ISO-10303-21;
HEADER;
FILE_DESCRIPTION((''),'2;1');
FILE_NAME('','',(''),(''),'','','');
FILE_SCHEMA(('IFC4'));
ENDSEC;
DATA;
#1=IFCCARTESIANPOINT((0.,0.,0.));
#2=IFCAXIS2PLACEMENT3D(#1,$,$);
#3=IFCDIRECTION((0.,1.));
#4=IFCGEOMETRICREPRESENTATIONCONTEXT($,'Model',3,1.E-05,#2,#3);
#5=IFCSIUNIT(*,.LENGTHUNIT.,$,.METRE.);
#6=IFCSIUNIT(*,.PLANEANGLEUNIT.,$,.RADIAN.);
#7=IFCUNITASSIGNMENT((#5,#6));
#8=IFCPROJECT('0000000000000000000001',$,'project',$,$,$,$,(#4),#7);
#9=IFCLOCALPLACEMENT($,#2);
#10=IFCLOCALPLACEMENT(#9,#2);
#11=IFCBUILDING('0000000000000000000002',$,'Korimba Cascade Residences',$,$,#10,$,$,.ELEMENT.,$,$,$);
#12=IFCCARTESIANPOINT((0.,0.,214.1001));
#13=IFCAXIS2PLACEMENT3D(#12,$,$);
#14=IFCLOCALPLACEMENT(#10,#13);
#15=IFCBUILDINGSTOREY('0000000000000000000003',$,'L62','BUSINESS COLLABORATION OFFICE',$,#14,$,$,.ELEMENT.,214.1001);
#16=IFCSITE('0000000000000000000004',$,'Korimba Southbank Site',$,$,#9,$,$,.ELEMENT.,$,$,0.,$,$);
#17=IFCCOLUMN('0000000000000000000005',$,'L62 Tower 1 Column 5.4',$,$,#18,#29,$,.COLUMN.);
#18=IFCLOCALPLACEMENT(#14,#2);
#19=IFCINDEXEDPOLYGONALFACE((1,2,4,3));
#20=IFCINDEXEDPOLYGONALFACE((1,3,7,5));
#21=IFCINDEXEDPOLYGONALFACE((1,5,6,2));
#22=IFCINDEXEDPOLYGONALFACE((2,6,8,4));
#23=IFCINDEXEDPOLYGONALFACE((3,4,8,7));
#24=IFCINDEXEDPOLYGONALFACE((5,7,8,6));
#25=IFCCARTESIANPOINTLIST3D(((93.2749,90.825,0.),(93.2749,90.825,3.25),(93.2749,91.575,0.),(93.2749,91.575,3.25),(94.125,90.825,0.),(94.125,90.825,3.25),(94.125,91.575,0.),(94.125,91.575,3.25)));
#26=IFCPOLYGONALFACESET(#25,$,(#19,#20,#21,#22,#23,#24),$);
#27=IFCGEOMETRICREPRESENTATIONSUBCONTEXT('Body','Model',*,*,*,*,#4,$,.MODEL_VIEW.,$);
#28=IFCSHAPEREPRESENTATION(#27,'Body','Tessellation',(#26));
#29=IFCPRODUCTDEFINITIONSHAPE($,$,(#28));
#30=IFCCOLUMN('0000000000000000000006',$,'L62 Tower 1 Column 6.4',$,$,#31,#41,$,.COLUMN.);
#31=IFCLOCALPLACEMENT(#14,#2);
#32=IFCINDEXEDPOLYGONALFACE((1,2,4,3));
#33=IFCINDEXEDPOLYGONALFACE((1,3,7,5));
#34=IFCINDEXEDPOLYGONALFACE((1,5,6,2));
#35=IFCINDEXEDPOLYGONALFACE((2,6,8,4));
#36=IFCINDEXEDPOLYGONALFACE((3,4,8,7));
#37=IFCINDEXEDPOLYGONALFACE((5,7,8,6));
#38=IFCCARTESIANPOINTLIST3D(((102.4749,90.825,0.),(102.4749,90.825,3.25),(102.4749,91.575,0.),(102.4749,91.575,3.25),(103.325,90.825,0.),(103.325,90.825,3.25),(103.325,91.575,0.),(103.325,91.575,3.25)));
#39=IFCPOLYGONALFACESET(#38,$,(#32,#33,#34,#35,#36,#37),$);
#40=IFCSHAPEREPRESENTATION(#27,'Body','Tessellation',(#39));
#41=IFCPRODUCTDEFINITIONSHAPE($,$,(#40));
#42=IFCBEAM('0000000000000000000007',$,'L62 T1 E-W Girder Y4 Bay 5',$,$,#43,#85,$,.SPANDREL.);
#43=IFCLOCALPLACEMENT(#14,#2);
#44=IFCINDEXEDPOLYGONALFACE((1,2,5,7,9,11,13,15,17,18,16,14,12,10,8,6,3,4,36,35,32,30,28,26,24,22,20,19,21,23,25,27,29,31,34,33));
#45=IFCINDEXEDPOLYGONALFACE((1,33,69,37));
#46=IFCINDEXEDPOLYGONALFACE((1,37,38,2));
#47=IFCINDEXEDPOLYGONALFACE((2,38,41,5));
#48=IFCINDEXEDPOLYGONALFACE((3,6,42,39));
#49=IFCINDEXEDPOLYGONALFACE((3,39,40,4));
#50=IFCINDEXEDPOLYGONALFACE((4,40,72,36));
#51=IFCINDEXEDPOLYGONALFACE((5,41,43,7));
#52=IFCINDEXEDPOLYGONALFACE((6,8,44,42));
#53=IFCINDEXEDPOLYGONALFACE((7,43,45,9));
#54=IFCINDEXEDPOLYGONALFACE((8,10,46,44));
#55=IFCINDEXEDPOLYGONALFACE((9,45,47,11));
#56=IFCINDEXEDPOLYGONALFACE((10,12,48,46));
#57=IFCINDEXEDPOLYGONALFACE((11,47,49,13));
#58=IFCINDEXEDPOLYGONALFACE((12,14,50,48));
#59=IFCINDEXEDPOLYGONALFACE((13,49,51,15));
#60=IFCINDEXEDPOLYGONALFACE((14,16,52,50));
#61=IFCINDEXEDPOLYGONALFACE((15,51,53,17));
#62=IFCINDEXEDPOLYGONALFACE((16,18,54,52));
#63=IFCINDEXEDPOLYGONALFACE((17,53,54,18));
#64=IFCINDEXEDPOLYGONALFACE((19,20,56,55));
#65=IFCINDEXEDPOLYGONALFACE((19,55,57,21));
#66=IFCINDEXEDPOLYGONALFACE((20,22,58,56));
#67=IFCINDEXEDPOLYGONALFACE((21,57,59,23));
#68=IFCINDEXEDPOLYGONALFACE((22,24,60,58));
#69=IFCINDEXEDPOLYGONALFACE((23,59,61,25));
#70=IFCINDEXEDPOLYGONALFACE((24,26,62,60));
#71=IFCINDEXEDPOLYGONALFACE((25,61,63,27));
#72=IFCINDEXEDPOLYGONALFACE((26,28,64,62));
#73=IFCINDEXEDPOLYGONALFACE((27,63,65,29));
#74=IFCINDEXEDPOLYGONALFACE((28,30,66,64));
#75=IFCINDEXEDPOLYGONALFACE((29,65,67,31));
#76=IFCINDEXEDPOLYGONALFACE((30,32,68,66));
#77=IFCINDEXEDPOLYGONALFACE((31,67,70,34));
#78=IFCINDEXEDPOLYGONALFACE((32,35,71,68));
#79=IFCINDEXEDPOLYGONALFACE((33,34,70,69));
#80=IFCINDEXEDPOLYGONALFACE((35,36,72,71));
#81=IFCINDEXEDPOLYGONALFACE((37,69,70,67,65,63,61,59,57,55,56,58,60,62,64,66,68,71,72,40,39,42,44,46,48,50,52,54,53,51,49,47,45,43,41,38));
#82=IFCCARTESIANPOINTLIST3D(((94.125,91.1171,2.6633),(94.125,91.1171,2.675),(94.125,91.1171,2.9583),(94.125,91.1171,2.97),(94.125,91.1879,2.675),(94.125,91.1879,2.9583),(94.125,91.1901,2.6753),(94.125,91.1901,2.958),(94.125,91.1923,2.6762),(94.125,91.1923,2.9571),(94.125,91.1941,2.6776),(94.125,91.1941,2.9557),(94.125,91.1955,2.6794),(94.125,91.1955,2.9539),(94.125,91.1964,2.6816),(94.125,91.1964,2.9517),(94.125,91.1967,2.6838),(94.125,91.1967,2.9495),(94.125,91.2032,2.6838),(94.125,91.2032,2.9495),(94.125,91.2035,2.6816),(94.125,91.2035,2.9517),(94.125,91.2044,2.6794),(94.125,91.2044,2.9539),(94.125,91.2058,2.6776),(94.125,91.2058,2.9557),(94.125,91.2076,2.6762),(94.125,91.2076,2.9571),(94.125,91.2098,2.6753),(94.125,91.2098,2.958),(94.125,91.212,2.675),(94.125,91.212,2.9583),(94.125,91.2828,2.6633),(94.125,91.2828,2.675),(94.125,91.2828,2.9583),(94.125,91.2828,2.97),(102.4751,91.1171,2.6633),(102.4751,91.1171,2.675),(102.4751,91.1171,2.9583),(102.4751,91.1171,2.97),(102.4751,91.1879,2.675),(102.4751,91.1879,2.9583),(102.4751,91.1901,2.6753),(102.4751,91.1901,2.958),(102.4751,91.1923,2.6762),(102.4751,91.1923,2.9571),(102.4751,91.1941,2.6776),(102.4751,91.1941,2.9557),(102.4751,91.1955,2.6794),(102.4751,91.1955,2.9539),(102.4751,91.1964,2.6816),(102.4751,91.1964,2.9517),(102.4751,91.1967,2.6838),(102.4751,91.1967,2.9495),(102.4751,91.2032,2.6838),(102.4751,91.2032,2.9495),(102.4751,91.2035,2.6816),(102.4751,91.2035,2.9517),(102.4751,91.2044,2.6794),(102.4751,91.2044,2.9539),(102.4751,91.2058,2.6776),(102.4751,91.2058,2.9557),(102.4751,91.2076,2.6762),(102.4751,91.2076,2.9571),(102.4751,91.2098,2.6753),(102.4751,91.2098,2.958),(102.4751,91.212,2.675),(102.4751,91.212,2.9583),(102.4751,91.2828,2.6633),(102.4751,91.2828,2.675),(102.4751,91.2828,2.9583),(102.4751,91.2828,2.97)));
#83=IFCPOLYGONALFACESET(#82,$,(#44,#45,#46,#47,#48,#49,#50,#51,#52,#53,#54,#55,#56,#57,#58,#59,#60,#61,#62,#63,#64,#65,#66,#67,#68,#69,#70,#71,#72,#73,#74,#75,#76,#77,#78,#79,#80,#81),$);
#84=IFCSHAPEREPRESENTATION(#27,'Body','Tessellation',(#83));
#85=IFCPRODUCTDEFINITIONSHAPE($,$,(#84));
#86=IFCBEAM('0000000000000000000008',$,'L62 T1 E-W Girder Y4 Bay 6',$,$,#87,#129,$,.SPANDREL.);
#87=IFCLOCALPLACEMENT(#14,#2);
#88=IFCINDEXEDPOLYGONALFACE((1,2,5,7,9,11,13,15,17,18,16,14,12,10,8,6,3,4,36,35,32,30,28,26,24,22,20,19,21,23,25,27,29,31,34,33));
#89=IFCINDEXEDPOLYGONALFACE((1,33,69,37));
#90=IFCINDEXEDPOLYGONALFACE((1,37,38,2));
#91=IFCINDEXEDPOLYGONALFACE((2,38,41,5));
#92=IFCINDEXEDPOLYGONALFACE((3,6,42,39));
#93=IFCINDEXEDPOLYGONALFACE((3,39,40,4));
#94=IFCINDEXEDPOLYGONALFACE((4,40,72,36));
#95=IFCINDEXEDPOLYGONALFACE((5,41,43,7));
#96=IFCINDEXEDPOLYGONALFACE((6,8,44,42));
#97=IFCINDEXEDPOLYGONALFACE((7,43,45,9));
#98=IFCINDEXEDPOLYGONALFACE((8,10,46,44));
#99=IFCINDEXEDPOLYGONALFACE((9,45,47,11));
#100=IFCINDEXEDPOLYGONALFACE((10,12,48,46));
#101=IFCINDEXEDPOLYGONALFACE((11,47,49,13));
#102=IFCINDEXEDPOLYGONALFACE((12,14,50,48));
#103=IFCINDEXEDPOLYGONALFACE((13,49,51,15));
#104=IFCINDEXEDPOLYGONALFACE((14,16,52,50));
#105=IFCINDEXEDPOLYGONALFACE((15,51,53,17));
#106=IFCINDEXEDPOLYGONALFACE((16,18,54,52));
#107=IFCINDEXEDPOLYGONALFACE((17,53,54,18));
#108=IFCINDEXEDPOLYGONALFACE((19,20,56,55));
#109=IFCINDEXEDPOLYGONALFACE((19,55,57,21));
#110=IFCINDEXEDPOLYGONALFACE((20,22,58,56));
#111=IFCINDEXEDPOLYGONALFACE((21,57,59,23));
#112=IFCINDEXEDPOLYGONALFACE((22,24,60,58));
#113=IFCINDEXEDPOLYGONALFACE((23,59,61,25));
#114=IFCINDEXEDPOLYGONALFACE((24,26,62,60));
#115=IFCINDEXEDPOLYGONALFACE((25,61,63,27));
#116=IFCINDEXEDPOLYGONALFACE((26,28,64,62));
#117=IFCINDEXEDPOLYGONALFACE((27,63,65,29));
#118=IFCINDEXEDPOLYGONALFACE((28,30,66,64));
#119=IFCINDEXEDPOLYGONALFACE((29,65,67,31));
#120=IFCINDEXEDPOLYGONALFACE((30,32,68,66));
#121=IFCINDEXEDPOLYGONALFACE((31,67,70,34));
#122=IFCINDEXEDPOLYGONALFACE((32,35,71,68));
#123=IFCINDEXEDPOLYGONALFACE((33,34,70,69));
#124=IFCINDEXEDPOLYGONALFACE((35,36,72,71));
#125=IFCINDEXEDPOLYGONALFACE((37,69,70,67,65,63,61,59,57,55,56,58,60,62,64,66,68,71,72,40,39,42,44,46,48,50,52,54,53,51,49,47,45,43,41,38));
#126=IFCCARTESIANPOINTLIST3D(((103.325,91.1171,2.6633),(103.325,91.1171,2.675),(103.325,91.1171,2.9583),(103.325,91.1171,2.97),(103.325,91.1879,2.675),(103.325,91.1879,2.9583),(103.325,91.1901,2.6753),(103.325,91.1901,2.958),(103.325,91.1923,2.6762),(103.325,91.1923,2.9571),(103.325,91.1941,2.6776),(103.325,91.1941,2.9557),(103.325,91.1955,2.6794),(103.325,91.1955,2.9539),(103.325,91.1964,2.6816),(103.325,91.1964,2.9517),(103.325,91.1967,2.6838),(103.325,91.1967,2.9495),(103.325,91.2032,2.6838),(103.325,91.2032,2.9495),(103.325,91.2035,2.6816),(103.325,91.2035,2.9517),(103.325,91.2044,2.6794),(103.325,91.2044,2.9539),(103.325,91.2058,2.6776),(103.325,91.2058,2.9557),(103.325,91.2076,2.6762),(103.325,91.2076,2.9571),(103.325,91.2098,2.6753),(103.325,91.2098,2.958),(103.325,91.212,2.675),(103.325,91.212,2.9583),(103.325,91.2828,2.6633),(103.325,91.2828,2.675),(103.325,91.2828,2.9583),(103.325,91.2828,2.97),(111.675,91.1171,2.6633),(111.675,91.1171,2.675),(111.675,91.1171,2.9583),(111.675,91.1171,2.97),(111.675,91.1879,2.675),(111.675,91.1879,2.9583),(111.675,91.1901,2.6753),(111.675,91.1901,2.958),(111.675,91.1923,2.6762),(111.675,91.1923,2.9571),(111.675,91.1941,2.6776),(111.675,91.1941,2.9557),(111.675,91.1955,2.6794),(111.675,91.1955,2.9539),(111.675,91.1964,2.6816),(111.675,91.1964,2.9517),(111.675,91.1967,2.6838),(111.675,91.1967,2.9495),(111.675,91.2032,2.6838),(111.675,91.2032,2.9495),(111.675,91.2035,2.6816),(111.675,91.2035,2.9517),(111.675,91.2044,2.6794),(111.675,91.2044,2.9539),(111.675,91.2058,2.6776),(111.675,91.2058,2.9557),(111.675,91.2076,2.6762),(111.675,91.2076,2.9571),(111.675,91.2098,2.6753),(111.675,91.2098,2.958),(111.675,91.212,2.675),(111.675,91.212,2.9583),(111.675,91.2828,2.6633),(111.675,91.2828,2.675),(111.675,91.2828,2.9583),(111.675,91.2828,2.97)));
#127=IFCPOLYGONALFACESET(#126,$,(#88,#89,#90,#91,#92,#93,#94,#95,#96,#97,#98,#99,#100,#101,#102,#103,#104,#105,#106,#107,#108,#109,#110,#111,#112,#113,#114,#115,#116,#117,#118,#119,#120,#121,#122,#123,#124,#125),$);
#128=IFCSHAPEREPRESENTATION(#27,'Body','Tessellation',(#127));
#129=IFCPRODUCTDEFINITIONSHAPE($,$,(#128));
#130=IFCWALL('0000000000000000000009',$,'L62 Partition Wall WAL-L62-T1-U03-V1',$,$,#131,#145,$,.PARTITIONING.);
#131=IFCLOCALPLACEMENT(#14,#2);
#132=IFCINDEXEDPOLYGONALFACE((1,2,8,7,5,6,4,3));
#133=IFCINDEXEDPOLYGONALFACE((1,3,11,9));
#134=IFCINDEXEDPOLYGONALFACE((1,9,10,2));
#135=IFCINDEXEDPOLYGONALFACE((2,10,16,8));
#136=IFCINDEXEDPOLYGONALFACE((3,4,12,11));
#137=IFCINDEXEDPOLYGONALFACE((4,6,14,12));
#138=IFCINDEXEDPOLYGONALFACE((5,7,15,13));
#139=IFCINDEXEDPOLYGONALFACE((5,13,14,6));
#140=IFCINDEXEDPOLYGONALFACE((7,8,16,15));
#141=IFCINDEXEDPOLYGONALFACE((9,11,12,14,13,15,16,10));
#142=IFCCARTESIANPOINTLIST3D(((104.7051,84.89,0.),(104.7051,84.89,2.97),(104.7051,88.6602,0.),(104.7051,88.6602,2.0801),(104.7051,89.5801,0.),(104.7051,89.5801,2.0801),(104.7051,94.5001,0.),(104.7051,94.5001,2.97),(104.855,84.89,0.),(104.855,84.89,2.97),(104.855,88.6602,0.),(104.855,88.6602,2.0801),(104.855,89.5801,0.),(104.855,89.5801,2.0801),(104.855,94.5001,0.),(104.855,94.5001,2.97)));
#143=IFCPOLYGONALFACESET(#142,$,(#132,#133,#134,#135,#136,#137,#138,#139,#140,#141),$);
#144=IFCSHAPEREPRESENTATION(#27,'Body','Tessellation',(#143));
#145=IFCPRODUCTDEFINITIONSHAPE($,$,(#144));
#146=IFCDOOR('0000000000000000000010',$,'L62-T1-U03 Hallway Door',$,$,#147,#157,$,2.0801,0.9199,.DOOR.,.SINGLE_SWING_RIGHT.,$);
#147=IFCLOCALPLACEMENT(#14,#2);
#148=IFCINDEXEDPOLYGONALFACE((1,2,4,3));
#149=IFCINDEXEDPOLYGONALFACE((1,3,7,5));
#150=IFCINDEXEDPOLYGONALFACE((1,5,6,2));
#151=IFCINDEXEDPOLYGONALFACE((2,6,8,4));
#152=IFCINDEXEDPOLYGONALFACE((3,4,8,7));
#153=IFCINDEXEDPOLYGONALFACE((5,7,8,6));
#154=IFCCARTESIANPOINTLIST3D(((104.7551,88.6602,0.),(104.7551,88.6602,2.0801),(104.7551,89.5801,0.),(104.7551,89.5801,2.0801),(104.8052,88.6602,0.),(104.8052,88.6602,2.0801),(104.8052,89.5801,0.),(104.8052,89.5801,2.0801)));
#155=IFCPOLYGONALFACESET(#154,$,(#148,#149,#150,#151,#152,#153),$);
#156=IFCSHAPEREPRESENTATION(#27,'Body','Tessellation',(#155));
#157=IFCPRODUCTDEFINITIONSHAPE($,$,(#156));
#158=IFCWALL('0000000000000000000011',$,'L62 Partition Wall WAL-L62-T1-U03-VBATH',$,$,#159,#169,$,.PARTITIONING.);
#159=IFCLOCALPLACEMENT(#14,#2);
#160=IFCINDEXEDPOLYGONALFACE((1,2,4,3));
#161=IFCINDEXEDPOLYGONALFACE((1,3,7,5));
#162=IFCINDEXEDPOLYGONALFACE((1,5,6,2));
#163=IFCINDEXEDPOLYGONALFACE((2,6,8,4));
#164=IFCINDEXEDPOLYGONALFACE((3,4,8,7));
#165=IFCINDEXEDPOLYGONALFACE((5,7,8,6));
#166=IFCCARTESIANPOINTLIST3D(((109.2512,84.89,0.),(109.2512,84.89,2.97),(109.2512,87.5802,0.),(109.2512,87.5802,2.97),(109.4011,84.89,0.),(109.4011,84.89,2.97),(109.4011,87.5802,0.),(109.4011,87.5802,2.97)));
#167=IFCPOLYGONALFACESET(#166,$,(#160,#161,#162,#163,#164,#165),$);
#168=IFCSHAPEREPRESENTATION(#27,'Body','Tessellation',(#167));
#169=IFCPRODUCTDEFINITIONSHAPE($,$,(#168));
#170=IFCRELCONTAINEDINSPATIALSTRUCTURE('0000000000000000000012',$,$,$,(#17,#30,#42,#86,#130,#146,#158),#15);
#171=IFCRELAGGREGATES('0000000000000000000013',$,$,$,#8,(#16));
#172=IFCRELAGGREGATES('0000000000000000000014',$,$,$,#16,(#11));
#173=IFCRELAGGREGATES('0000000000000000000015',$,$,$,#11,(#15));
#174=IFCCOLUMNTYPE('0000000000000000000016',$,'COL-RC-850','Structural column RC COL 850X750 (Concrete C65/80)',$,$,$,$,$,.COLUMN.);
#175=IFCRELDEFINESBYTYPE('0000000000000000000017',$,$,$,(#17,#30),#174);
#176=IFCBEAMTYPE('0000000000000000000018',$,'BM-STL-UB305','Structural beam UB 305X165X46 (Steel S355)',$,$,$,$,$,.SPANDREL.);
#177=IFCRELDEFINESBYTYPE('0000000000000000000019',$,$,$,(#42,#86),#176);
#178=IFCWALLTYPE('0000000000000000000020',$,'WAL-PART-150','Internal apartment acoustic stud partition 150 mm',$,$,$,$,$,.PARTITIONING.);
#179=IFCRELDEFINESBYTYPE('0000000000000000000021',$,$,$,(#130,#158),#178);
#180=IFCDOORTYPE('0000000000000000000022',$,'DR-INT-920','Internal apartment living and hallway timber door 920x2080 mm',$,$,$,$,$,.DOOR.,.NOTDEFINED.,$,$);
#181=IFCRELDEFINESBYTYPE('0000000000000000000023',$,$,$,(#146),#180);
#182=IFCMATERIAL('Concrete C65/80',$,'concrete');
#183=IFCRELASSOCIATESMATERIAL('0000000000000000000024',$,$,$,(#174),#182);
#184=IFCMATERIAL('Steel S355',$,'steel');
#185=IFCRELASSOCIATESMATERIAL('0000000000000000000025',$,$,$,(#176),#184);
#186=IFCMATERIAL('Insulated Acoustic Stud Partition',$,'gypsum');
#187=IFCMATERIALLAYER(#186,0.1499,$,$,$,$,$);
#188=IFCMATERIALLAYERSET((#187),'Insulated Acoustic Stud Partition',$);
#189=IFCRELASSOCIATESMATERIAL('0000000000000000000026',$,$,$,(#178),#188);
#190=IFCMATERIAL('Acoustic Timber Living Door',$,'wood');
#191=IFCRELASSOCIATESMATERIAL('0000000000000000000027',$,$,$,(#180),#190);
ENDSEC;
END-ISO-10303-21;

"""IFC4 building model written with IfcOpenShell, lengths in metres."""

from ifc_helpers import new_model, si_unit, direction, frame, frame_2d, origin, origin_2d, place, context, subcontext, project, spatial, rectangle, i_section, extrude, material, layer, layer_set, material_profile, profile_set, type_object, element, fill, save


model = new_model("IFC4")

# Units and contexts
model_context = context("Model", 3, precision=1e-05, world=origin(), true_north=direction((0.0, 1.0)))
body_context = subcontext(model_context, "Body", "Model", "MODEL_VIEW")
ifc_project = project(units=[si_unit("LENGTHUNIT", "METRE"), si_unit("PLANEANGLEUNIT", "RADIAN")], contexts=[model_context])

# Site, building, storey
site_placement = place(None, origin())
site = spatial("IfcSite", under=ifc_project, at=site_placement, Name="Korimba Southbank Site", CompositionType="ELEMENT", RefElevation=0.0)
building_placement = place(site_placement, origin())
building = spatial("IfcBuilding", under=site, at=building_placement, Name="Korimba Cascade Residences", CompositionType="ELEMENT")
storey_placement = place(building_placement, frame((0.0, 0.0, 214.1001)))
storey = spatial("IfcBuildingStorey", under=building, at=storey_placement, Name="L62", Description="BUSINESS COLLABORATION OFFICE", CompositionType="ELEMENT", Elevation=214.1001)

# Columns
ifc_material_1 = material(Name="Concrete C65/80", Category="concrete")
ifc_material_profile_1 = material_profile(ifc_material_1, rectangle(XDim=0.8501, YDim=0.75, at=origin_2d()), Name="Concrete C65/80")
ifc_profile_set_1 = profile_set([ifc_material_profile_1], Name="Concrete C65/80")
column_type = type_object("IfcColumnType", Name="COL-RC-850", Description="Structural column RC COL 850X750 (Concrete C65/80)", PredefinedType="COLUMN", material=ifc_profile_set_1)
for number, where, z_axis, x_axis, name in (
    (1, (93.7, 91.2, 0.0), (0.0, 0.0, 1.0), (1.0, 0.0, 0.0), "L62 Tower 1 Column 5.4"),
    (2, (102.8999, 91.2, 0.0), (0.0, 0.0, 1.0), (1.0, 0.0, 0.0), "L62 Tower 1 Column 6.4"),
):
    element("IfcColumn", number, at=place(storey_placement, frame(where, z_axis=z_axis, x_axis=x_axis)), inside=storey, type_object=column_type, Name=name, PredefinedType="COLUMN", context=body_context, shape_type="SweptSolid", body=[
        extrude(rectangle(XDim=0.8501, YDim=0.75, at=origin_2d()), origin(), (0.0, 0.0, 1.0), 3.25),
    ])

# Beams
ifc_material_2 = material(Name="Steel S355", Category="steel")
ifc_material_profile_2 = material_profile(ifc_material_2, i_section(OverallWidth=0.1658, OverallDepth=0.3066, WebThickness=0.0066, FlangeThickness=0.0117, FilletRadius=0.0088, at=origin_2d()), Name="Steel S355")
ifc_profile_set_2 = profile_set([ifc_material_profile_2], Name="Steel S355")
beam_type = type_object("IfcBeamType", Name="BM-STL-UB305", Description="Structural beam UB 305X165X46 (Steel S355)", PredefinedType="SPANDREL", material=ifc_profile_set_2)
for number, where, z_axis, x_axis, name in (
    (3, (94.125, 91.2, 2.8167), (1.0, 0.0, 0.0), (0.0, 1.0, 0.0), "L62 T1 E-W Girder Y4 Bay 5"),
    (4, (103.325, 91.2, 2.8167), (1.0, 0.0, 0.0), (0.0, 1.0, 0.0), "L62 T1 E-W Girder Y4 Bay 6"),
):
    element("IfcBeam", number, at=place(storey_placement, frame(where, z_axis=z_axis, x_axis=x_axis)), inside=storey, type_object=beam_type, Name=name, PredefinedType="SPANDREL", context=body_context, shape_type="SweptSolid", body=[
        extrude(i_section(OverallWidth=0.1658, OverallDepth=0.3066, WebThickness=0.0066, FlangeThickness=0.0117, FilletRadius=0.0088, at=origin_2d()), origin(), (0.0, 0.0, 1.0), 8.3501),
    ])

# Wall, opening, door
ifc_material_3 = material(Name="Insulated Acoustic Stud Partition", Category="gypsum")
ifc_layer = layer(ifc_material_3, 0.1499)
ifc_layer_set = layer_set([ifc_layer], Name="Insulated Acoustic Stud Partition")
wall_type = type_object("IfcWallType", Name="WAL-PART-150", Description="Internal apartment acoustic stud partition 150 mm", PredefinedType="PARTITIONING", material=ifc_layer_set)
wall_1_placement = place(storey_placement, frame((104.78, 84.8899, 0.0), z_axis=(0.0, 0.0, 1.0), x_axis=(0.0, 1.0, 0.0)))
wall_1 = element("IfcWall", 5, at=wall_1_placement, inside=storey, type_object=wall_type, Name="L62 Partition Wall WAL-L62-T1-U03-V1", PredefinedType="PARTITIONING", context=body_context, shape_type="SweptSolid", body=[
    extrude(rectangle(XDim=9.6101, YDim=0.1499, at=frame_2d((4.8052, 0.0))), origin(), (0.0, 0.0, 1.0), 2.97),
])
opening_1_placement = place(wall_1_placement, frame((3.7703, 0.0, 0.0)))
opening_1 = element("IfcOpeningElement", 6, at=opening_1_placement, cuts=wall_1, PredefinedType="OPENING", context=body_context, shape_type="SweptSolid", body=[
    extrude(rectangle(XDim=0.9199, YDim=2.0801, at=frame_2d((0.46, 1.04))), frame((0.0, 0.085, 0.0), z_axis=(0.0, -1.0, 0.0), x_axis=(1.0, 0.0, 0.0)), (0.0, 0.0, 1.0), 0.1699),
])
ifc_material_4 = material(Name="Acoustic Timber Living Door", Category="wood")
door_type_1 = type_object("IfcDoorType", Name="DR-INT-920", Description="Internal apartment living and hallway timber door 920x2080 mm", OperationType="NOTDEFINED", PredefinedType="DOOR", material=ifc_material_4)
door_1_placement = place(opening_1_placement, origin())
door_1 = element("IfcDoor", 7, at=door_1_placement, inside=storey, type_object=door_type_1, Name="L62-T1-U03 Hallway Door", OperationType="SINGLE_SWING_RIGHT", OverallHeight=2.0801, OverallWidth=0.9199, PredefinedType="DOOR", context=body_context, shape_type="SweptSolid", body=[
    extrude(rectangle(XDim=0.9199, YDim=2.0801, at=frame_2d((0.46, 1.04))), frame((0.0, 0.0249, 0.0), z_axis=(0.0, -1.0, 0.0), x_axis=(1.0, 0.0, 0.0)), (0.0, 0.0, 1.0), 0.05),
])
fill(opening_1, door_1)

# Wall
wall_2_placement = place(storey_placement, frame((109.3262, 84.8899, 0.0), z_axis=(0.0, 0.0, 1.0), x_axis=(0.0, 1.0, 0.0)))
element("IfcWall", 8, at=wall_2_placement, inside=storey, type_object=wall_type, Name="L62 Partition Wall WAL-L62-T1-U03-VBATH", PredefinedType="PARTITIONING", context=body_context, shape_type="SweptSolid", body=[
    extrude(rectangle(XDim=2.6902, YDim=0.1499, at=frame_2d((1.3452, 0.0))), origin(), (0.0, 0.0, 1.0), 2.97),
])

save(model, "model.ifc")
